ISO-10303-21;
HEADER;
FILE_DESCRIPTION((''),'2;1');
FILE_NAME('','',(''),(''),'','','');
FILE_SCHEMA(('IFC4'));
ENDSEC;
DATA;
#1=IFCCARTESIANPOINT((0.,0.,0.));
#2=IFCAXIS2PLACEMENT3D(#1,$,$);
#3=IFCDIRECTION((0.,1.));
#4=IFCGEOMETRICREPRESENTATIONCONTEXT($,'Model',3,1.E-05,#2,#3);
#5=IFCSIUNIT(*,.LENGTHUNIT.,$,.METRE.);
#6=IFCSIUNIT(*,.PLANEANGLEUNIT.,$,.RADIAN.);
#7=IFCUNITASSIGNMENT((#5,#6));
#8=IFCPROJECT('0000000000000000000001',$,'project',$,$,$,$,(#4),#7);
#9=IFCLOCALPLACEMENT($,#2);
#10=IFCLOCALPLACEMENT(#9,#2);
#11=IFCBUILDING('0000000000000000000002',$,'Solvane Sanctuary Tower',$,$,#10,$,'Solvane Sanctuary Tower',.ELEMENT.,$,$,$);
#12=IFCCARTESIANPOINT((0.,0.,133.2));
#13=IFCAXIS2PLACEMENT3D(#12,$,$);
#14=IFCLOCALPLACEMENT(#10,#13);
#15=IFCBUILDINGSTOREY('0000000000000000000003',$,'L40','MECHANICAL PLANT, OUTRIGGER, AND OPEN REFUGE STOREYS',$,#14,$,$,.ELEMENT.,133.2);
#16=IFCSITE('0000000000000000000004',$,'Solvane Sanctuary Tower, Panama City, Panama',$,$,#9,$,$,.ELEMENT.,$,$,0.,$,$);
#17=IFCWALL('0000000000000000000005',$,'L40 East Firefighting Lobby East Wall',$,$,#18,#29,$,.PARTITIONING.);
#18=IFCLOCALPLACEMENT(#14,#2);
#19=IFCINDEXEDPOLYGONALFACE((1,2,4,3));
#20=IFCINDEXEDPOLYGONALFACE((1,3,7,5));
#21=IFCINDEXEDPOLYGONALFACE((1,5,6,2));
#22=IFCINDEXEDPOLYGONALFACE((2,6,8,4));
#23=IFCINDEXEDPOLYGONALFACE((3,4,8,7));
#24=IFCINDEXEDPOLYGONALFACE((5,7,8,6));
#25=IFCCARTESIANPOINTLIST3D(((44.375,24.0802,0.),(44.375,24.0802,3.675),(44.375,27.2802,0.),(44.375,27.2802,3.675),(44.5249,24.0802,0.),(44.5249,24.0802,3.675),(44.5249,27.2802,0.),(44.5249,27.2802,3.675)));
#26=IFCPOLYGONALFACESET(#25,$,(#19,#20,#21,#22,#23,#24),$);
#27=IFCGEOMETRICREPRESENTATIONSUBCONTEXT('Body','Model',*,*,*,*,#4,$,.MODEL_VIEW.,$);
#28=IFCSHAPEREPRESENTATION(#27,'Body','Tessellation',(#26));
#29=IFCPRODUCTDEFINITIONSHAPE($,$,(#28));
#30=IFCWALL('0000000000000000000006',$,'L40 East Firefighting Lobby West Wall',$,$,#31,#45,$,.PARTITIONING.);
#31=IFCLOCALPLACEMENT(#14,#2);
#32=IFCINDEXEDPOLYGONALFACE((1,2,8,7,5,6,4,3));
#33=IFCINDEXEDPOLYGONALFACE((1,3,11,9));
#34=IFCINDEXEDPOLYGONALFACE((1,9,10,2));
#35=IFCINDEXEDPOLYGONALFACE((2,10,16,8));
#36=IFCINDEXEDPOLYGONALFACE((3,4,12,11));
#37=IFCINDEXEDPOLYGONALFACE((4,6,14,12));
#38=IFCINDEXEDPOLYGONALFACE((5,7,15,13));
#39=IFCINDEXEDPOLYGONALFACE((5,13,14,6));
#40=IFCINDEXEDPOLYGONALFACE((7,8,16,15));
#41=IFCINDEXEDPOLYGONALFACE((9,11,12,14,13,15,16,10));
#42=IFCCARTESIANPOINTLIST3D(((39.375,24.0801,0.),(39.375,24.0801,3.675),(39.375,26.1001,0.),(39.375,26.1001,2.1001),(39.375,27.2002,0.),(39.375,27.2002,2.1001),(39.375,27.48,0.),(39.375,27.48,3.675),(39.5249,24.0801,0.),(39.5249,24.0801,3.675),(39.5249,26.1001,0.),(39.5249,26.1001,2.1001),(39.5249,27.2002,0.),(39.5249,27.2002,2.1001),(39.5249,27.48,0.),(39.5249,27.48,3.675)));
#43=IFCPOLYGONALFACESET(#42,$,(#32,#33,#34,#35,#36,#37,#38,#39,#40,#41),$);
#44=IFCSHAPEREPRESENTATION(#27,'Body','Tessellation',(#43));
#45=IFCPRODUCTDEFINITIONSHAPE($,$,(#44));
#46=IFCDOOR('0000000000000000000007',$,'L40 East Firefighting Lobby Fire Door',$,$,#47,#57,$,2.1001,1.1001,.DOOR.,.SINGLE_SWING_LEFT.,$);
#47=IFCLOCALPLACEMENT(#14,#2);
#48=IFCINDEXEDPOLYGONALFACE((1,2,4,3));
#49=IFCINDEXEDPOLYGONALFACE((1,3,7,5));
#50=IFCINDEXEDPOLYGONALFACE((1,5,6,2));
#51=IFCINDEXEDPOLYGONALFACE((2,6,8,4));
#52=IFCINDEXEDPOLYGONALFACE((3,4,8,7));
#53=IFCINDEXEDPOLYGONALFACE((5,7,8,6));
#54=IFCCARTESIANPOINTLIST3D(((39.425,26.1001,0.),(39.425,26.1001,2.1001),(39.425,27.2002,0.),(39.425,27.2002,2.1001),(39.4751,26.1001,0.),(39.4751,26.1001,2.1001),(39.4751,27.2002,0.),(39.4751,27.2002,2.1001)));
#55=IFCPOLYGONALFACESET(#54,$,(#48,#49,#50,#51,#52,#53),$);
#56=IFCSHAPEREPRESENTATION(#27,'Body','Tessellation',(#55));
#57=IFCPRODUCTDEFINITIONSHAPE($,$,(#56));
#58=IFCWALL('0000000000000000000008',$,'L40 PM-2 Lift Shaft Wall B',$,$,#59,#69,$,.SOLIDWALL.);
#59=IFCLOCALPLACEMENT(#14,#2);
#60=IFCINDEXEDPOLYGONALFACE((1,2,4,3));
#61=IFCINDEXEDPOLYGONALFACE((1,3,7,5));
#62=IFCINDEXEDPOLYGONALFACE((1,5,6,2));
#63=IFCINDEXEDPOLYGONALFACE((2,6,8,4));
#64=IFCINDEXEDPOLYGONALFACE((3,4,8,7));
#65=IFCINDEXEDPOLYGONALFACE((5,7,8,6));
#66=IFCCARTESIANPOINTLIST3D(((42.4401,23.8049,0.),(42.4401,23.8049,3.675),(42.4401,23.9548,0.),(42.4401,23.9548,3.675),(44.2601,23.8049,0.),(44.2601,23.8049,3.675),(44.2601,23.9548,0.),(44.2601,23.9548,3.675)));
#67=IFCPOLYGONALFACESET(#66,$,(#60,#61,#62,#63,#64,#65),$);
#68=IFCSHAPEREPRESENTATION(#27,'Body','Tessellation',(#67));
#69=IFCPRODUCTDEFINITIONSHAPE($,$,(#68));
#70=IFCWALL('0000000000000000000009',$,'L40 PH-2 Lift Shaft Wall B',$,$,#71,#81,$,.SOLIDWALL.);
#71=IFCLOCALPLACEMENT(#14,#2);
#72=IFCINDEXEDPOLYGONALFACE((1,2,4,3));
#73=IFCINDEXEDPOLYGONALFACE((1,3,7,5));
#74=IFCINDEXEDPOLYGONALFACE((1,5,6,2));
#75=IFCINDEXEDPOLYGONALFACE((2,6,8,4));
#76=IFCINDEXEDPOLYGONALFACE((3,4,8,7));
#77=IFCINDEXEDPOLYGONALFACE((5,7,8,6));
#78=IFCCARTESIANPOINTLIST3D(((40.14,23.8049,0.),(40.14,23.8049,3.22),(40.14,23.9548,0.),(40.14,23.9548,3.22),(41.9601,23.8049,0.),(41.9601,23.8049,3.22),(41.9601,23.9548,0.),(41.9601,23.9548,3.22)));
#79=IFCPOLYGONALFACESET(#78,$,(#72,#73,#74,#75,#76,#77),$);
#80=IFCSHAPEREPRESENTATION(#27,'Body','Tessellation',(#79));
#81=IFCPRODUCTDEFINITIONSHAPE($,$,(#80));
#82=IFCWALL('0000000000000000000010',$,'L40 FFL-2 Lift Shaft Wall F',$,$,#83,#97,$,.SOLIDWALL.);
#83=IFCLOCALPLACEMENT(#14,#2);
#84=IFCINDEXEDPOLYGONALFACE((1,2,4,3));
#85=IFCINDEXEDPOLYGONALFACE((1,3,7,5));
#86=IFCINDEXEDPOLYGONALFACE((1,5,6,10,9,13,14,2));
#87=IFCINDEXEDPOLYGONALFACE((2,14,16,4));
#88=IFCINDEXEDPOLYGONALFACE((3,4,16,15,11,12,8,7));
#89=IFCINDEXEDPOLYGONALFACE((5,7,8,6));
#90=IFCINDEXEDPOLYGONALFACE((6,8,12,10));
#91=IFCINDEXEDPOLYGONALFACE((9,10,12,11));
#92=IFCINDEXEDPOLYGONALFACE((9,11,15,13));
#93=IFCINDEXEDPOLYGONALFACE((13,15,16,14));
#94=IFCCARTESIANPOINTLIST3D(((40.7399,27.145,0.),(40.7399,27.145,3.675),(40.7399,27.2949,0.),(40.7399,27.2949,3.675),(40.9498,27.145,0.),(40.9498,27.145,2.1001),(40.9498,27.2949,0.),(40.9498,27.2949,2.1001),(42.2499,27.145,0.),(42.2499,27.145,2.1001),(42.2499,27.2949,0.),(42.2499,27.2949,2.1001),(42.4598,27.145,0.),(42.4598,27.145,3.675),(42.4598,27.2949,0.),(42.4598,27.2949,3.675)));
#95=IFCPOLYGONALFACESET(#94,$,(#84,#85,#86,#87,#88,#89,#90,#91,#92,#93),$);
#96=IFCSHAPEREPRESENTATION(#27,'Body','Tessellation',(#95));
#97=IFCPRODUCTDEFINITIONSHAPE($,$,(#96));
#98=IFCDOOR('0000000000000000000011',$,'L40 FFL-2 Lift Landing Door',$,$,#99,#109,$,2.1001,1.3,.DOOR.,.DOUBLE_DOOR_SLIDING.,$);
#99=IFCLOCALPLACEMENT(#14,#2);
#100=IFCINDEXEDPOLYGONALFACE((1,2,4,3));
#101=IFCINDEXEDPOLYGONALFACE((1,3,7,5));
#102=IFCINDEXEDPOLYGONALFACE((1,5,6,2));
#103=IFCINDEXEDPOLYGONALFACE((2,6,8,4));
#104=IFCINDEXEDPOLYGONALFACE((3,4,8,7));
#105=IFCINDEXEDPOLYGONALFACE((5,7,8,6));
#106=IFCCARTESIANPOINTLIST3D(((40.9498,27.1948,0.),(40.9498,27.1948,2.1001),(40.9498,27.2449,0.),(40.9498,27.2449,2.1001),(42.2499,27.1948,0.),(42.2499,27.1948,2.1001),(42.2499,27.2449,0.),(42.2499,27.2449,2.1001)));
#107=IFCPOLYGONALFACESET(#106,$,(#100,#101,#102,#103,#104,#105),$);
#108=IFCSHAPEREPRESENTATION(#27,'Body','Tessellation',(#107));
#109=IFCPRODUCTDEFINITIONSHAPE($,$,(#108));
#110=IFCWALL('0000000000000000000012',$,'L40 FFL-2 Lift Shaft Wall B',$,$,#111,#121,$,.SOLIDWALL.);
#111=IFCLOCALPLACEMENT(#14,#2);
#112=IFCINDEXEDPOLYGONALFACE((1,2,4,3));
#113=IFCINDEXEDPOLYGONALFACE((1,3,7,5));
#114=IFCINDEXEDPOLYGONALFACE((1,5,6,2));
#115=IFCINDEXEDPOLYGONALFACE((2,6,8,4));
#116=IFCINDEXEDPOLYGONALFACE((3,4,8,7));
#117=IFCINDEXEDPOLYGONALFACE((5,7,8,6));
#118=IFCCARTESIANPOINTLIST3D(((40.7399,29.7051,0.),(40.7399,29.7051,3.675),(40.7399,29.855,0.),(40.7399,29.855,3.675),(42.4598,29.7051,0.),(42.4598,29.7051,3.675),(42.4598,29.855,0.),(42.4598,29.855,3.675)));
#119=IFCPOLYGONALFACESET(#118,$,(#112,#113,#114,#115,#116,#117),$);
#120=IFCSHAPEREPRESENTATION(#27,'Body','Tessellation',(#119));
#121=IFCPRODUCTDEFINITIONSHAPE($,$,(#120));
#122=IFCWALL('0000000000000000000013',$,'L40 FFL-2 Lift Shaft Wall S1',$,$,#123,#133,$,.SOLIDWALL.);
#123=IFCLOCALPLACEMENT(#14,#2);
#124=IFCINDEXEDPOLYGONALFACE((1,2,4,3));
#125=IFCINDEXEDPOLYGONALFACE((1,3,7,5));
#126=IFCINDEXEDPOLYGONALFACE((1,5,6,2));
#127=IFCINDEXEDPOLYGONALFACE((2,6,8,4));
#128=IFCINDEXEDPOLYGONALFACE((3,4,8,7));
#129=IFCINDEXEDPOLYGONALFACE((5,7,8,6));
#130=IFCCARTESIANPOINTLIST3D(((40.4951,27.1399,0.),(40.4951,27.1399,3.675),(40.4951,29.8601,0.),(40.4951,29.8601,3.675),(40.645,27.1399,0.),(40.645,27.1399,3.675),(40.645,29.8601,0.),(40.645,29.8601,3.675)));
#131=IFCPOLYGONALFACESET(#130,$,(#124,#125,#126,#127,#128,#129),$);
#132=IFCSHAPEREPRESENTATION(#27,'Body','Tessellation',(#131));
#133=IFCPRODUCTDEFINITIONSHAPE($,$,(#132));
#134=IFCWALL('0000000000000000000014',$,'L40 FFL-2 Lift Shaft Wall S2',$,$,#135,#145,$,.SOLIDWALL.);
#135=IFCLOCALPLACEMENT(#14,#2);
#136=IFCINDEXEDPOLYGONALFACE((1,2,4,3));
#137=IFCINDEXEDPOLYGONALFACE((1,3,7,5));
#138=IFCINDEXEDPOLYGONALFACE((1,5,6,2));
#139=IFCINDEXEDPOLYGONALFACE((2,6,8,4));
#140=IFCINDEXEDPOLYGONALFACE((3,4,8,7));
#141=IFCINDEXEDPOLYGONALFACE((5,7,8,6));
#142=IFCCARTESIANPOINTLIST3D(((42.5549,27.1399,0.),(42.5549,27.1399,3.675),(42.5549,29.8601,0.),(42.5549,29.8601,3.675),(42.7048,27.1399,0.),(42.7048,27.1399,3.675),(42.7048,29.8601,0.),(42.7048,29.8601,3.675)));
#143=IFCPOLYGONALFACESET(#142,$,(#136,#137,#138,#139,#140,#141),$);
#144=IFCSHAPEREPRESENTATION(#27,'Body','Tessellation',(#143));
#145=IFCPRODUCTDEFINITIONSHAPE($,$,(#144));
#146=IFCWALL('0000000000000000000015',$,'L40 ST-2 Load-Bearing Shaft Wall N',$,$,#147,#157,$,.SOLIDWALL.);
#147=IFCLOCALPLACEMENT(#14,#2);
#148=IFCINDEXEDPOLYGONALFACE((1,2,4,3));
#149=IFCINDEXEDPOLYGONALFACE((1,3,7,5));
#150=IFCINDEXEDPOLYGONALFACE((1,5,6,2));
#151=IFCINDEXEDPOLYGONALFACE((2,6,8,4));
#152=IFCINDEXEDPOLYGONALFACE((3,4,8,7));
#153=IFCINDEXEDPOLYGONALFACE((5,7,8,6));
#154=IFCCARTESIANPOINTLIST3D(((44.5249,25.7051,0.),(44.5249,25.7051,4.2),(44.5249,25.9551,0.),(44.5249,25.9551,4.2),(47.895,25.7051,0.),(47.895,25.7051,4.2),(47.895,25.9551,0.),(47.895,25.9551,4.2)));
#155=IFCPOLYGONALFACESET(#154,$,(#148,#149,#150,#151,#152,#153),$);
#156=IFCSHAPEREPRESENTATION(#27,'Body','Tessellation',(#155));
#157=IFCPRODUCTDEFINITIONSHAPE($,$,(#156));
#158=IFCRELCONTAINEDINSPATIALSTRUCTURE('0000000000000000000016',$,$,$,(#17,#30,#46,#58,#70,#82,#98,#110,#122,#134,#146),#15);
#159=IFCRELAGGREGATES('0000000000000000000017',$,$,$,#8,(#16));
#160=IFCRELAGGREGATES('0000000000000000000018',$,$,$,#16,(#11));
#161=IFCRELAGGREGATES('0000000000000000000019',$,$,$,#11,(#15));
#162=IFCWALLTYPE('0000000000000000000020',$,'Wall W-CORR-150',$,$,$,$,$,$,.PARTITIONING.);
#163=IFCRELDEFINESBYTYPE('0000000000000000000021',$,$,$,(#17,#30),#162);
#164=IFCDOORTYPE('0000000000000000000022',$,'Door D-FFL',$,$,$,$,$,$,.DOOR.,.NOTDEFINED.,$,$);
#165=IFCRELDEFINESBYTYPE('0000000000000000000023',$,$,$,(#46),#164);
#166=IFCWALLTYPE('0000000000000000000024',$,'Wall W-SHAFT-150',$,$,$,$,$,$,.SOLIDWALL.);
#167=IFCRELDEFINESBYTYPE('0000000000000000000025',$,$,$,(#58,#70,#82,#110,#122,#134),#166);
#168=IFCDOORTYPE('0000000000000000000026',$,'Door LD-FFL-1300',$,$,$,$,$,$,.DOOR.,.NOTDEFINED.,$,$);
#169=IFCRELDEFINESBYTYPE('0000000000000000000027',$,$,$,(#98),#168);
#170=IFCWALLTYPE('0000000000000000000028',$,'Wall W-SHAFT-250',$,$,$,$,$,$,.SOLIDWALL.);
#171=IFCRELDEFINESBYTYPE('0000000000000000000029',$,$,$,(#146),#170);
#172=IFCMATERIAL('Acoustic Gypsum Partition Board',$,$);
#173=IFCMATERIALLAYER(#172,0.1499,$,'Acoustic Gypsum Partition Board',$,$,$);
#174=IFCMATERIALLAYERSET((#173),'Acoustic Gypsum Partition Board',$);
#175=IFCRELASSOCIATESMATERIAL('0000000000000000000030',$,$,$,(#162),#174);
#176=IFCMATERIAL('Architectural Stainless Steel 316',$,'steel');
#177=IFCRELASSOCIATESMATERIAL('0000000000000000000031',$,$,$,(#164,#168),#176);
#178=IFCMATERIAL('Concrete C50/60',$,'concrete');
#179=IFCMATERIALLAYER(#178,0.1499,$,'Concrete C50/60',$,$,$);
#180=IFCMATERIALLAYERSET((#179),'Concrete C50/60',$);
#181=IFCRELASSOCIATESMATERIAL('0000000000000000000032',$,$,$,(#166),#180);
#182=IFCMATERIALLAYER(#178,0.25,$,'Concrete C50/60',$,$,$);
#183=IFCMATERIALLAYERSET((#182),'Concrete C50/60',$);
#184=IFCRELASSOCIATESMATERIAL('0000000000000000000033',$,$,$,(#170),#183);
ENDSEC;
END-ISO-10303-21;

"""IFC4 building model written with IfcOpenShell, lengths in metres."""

from ifc_helpers import new_model, si_unit, direction, frame, frame_2d, origin, place, context, subcontext, project, spatial, rectangle, extrude, material, layer, layer_set, type_object, element, fill, save


model = new_model("IFC4")

# Units and contexts
model_context = context("Model", 3, precision=1e-05, world=origin(), true_north=direction((0.0, 1.0)))
body_context = subcontext(model_context, "Body", "Model", "MODEL_VIEW")
ifc_project = project(units=[si_unit("LENGTHUNIT", "METRE"), si_unit("PLANEANGLEUNIT", "RADIAN")], contexts=[model_context])

# Site, building, storey
site_placement = place(None, origin())
site = spatial("IfcSite", under=ifc_project, at=site_placement, Name="Solvane Sanctuary Tower, Panama City, Panama", CompositionType="ELEMENT", RefElevation=0.0)
building_placement = place(site_placement, origin())
building = spatial("IfcBuilding", under=site, at=building_placement, Name="Solvane Sanctuary Tower", LongName="Solvane Sanctuary Tower", CompositionType="ELEMENT")
storey_placement = place(building_placement, frame((0.0, 0.0, 133.2)))
storey = spatial("IfcBuildingStorey", under=building, at=storey_placement, Name="L40", Description="MECHANICAL PLANT, OUTRIGGER, AND OPEN REFUGE STOREYS", CompositionType="ELEMENT", Elevation=133.2)

# Wall
ifc_material_1 = material(Name="Acoustic Gypsum Partition Board")
ifc_layer_1 = layer(ifc_material_1, 0.1499, Name="Acoustic Gypsum Partition Board")
ifc_layer_set_1 = layer_set([ifc_layer_1], Name="Acoustic Gypsum Partition Board")
wall_type_1 = type_object("IfcWallType", Name="Wall W-CORR-150", PredefinedType="PARTITIONING", material=ifc_layer_set_1)
wall_1_placement = place(storey_placement, frame((44.45, 24.0801, 0.0), z_axis=(0.0, 0.0, 1.0), x_axis=(0.0, 1.0, 0.0)))
element("IfcWall", 1, at=wall_1_placement, inside=storey, type_object=wall_type_1, Name="L40 East Firefighting Lobby East Wall", PredefinedType="PARTITIONING", context=body_context, shape_type="SweptSolid", body=[
    extrude(rectangle(XDim=3.2, YDim=0.1499, at=frame_2d((1.6001, 0.0))), origin(), (0.0, 0.0, 1.0), 3.675),
])

# Wall, opening, door
wall_2_placement = place(storey_placement, frame((39.45, 24.0801, 0.0), z_axis=(0.0, 0.0, 1.0), x_axis=(0.0, 1.0, 0.0)))
wall_2 = element("IfcWall", 2, at=wall_2_placement, inside=storey, type_object=wall_type_1, Name="L40 East Firefighting Lobby West Wall", PredefinedType="PARTITIONING", context=body_context, shape_type="SweptSolid", body=[
    extrude(rectangle(XDim=3.3999, YDim=0.1499, at=frame_2d((1.7, 0.0))), origin(), (0.0, 0.0, 1.0), 3.675),
])
opening_1_placement = place(wall_2_placement, frame((2.02, 0.0, 0.0)))
opening_1 = element("IfcOpeningElement", 3, at=opening_1_placement, cuts=wall_2, PredefinedType="OPENING", context=body_context, shape_type="SweptSolid", body=[
    extrude(rectangle(XDim=1.1001, YDim=2.1001, at=frame_2d((0.55, 1.05))), frame((0.0, 0.085, 0.0), z_axis=(0.0, -1.0, 0.0), x_axis=(1.0, 0.0, 0.0)), (0.0, 0.0, 1.0), 0.1699),
])
ifc_material_2 = material(Name="Architectural Stainless Steel 316", Category="steel")
door_type_1 = type_object("IfcDoorType", Name="Door D-FFL", OperationType="NOTDEFINED", PredefinedType="DOOR", material=ifc_material_2)
door_1_placement = place(opening_1_placement, origin())
door_1 = element("IfcDoor", 4, at=door_1_placement, inside=storey, type_object=door_type_1, Name="L40 East Firefighting Lobby Fire Door", OperationType="SINGLE_SWING_LEFT", OverallHeight=2.1001, OverallWidth=1.1001, PredefinedType="DOOR", context=body_context, shape_type="SweptSolid", body=[
    extrude(rectangle(XDim=1.1001, YDim=2.1001, at=frame_2d((0.55, 1.05))), frame((0.0, 0.0249, 0.0), z_axis=(0.0, -1.0, 0.0), x_axis=(1.0, 0.0, 0.0)), (0.0, 0.0, 1.0), 0.05),
])
fill(opening_1, door_1)

# Walls
ifc_material_3 = material(Name="Concrete C50/60", Category="concrete")
ifc_layer_2 = layer(ifc_material_3, 0.1499, Name="Concrete C50/60")
ifc_layer_set_2 = layer_set([ifc_layer_2], Name="Concrete C50/60")
wall_type_2 = type_object("IfcWallType", Name="Wall W-SHAFT-150", PredefinedType="SOLIDWALL", material=ifc_layer_set_2)
wall_3_placement = place(storey_placement, frame((42.4399, 23.8799, 0.0), z_axis=(0.0, 0.0, 1.0), x_axis=(1.0, 0.0, 0.0)))
element("IfcWall", 5, at=wall_3_placement, inside=storey, type_object=wall_type_2, Name="L40 PM-2 Lift Shaft Wall B", PredefinedType="SOLIDWALL", context=body_context, shape_type="SweptSolid", body=[
    extrude(rectangle(XDim=1.8201, YDim=0.1499, at=frame_2d((0.9102, 0.0))), origin(), (0.0, 0.0, 1.0), 3.675),
])
wall_4_placement = place(storey_placement, frame((40.1399, 23.8799, 0.0), z_axis=(0.0, 0.0, 1.0), x_axis=(1.0, 0.0, 0.0)))
element("IfcWall", 6, at=wall_4_placement, inside=storey, type_object=wall_type_2, Name="L40 PH-2 Lift Shaft Wall B", PredefinedType="SOLIDWALL", context=body_context, shape_type="SweptSolid", body=[
    extrude(rectangle(XDim=1.8201, YDim=0.1499, at=frame_2d((0.9102, 0.0))), origin(), (0.0, 0.0, 1.0), 3.22),
])

# Wall, opening, door
wall_5_placement = place(storey_placement, frame((40.74, 27.22, 0.0), z_axis=(0.0, 0.0, 1.0), x_axis=(1.0, 0.0, 0.0)))
wall_5 = element("IfcWall", 7, at=wall_5_placement, inside=storey, type_object=wall_type_2, Name="L40 FFL-2 Lift Shaft Wall F", PredefinedType="SOLIDWALL", context=body_context, shape_type="SweptSolid", body=[
    extrude(rectangle(XDim=1.72, YDim=0.1499, at=frame_2d((0.8599, 0.0))), origin(), (0.0, 0.0, 1.0), 3.675),
])
opening_2_placement = place(wall_5_placement, frame((0.21, 0.0, 0.0)))
opening_2 = element("IfcOpeningElement", 8, at=opening_2_placement, cuts=wall_5, PredefinedType="OPENING", context=body_context, shape_type="SweptSolid", body=[
    extrude(rectangle(XDim=1.3, YDim=2.1001, at=frame_2d((0.6499, 1.05))), frame((0.0, 0.085, 0.0), z_axis=(0.0, -1.0, 0.0), x_axis=(1.0, 0.0, 0.0)), (0.0, 0.0, 1.0), 0.1699),
])
door_type_2 = type_object("IfcDoorType", Name="Door LD-FFL-1300", OperationType="NOTDEFINED", PredefinedType="DOOR", material=ifc_material_2)
door_2_placement = place(opening_2_placement, origin())
door_2 = element("IfcDoor", 9, at=door_2_placement, inside=storey, type_object=door_type_2, Name="L40 FFL-2 Lift Landing Door", OperationType="DOUBLE_DOOR_SLIDING", OverallHeight=2.1001, OverallWidth=1.3, PredefinedType="DOOR", context=body_context, shape_type="SweptSolid", body=[
    extrude(rectangle(XDim=1.3, YDim=2.1001, at=frame_2d((0.6499, 1.05))), frame((0.0, 0.0249, 0.0), z_axis=(0.0, -1.0, 0.0), x_axis=(1.0, 0.0, 0.0)), (0.0, 0.0, 1.0), 0.05),
])
fill(opening_2, door_2)

# Walls
wall_6_placement = place(storey_placement, frame((40.74, 29.78, 0.0), z_axis=(0.0, 0.0, 1.0), x_axis=(1.0, 0.0, 0.0)))
element("IfcWall", 10, at=wall_6_placement, inside=storey, type_object=wall_type_2, Name="L40 FFL-2 Lift Shaft Wall B", PredefinedType="SOLIDWALL", context=body_context, shape_type="SweptSolid", body=[
    extrude(rectangle(XDim=1.72, YDim=0.1499, at=frame_2d((0.8599, 0.0))), origin(), (0.0, 0.0, 1.0), 3.675),
])
for number, where, z_axis, x_axis, name in (
    (11, (40.5701, 27.1399, 0.0), (0.0, 0.0, 1.0), (0.0, 1.0, 0.0), "L40 FFL-2 Lift Shaft Wall S1"),
    (12, (42.6299, 27.1399, 0.0), (0.0, 0.0, 1.0), (0.0, 1.0, 0.0), "L40 FFL-2 Lift Shaft Wall S2"),
):
    element("IfcWall", number, at=place(storey_placement, frame(where, z_axis=z_axis, x_axis=x_axis)), inside=storey, type_object=wall_type_2, Name=name, PredefinedType="SOLIDWALL", context=body_context, shape_type="SweptSolid", body=[
        extrude(rectangle(XDim=2.7202, YDim=0.1499, at=frame_2d((1.3601, 0.0))), origin(), (0.0, 0.0, 1.0), 3.675),
    ])
ifc_layer_3 = layer(ifc_material_3, 0.25, Name="Concrete C50/60")
ifc_layer_set_3 = layer_set([ifc_layer_3], Name="Concrete C50/60")
wall_type_3 = type_object("IfcWallType", Name="Wall W-SHAFT-250", PredefinedType="SOLIDWALL", material=ifc_layer_set_3)
wall_7_placement = place(storey_placement, frame((44.5249, 25.8301, 0.0), z_axis=(0.0, 0.0, 1.0), x_axis=(1.0, 0.0, 0.0)))
element("IfcWall", 13, at=wall_7_placement, inside=storey, type_object=wall_type_3, Name="L40 ST-2 Load-Bearing Shaft Wall N", PredefinedType="SOLIDWALL", context=body_context, shape_type="SweptSolid", body=[
    extrude(rectangle(XDim=3.3701, YDim=0.25, at=frame_2d((1.6851, 0.0))), origin(), (0.0, 0.0, 1.0), 4.2),
])

save(model, "model.ifc")
